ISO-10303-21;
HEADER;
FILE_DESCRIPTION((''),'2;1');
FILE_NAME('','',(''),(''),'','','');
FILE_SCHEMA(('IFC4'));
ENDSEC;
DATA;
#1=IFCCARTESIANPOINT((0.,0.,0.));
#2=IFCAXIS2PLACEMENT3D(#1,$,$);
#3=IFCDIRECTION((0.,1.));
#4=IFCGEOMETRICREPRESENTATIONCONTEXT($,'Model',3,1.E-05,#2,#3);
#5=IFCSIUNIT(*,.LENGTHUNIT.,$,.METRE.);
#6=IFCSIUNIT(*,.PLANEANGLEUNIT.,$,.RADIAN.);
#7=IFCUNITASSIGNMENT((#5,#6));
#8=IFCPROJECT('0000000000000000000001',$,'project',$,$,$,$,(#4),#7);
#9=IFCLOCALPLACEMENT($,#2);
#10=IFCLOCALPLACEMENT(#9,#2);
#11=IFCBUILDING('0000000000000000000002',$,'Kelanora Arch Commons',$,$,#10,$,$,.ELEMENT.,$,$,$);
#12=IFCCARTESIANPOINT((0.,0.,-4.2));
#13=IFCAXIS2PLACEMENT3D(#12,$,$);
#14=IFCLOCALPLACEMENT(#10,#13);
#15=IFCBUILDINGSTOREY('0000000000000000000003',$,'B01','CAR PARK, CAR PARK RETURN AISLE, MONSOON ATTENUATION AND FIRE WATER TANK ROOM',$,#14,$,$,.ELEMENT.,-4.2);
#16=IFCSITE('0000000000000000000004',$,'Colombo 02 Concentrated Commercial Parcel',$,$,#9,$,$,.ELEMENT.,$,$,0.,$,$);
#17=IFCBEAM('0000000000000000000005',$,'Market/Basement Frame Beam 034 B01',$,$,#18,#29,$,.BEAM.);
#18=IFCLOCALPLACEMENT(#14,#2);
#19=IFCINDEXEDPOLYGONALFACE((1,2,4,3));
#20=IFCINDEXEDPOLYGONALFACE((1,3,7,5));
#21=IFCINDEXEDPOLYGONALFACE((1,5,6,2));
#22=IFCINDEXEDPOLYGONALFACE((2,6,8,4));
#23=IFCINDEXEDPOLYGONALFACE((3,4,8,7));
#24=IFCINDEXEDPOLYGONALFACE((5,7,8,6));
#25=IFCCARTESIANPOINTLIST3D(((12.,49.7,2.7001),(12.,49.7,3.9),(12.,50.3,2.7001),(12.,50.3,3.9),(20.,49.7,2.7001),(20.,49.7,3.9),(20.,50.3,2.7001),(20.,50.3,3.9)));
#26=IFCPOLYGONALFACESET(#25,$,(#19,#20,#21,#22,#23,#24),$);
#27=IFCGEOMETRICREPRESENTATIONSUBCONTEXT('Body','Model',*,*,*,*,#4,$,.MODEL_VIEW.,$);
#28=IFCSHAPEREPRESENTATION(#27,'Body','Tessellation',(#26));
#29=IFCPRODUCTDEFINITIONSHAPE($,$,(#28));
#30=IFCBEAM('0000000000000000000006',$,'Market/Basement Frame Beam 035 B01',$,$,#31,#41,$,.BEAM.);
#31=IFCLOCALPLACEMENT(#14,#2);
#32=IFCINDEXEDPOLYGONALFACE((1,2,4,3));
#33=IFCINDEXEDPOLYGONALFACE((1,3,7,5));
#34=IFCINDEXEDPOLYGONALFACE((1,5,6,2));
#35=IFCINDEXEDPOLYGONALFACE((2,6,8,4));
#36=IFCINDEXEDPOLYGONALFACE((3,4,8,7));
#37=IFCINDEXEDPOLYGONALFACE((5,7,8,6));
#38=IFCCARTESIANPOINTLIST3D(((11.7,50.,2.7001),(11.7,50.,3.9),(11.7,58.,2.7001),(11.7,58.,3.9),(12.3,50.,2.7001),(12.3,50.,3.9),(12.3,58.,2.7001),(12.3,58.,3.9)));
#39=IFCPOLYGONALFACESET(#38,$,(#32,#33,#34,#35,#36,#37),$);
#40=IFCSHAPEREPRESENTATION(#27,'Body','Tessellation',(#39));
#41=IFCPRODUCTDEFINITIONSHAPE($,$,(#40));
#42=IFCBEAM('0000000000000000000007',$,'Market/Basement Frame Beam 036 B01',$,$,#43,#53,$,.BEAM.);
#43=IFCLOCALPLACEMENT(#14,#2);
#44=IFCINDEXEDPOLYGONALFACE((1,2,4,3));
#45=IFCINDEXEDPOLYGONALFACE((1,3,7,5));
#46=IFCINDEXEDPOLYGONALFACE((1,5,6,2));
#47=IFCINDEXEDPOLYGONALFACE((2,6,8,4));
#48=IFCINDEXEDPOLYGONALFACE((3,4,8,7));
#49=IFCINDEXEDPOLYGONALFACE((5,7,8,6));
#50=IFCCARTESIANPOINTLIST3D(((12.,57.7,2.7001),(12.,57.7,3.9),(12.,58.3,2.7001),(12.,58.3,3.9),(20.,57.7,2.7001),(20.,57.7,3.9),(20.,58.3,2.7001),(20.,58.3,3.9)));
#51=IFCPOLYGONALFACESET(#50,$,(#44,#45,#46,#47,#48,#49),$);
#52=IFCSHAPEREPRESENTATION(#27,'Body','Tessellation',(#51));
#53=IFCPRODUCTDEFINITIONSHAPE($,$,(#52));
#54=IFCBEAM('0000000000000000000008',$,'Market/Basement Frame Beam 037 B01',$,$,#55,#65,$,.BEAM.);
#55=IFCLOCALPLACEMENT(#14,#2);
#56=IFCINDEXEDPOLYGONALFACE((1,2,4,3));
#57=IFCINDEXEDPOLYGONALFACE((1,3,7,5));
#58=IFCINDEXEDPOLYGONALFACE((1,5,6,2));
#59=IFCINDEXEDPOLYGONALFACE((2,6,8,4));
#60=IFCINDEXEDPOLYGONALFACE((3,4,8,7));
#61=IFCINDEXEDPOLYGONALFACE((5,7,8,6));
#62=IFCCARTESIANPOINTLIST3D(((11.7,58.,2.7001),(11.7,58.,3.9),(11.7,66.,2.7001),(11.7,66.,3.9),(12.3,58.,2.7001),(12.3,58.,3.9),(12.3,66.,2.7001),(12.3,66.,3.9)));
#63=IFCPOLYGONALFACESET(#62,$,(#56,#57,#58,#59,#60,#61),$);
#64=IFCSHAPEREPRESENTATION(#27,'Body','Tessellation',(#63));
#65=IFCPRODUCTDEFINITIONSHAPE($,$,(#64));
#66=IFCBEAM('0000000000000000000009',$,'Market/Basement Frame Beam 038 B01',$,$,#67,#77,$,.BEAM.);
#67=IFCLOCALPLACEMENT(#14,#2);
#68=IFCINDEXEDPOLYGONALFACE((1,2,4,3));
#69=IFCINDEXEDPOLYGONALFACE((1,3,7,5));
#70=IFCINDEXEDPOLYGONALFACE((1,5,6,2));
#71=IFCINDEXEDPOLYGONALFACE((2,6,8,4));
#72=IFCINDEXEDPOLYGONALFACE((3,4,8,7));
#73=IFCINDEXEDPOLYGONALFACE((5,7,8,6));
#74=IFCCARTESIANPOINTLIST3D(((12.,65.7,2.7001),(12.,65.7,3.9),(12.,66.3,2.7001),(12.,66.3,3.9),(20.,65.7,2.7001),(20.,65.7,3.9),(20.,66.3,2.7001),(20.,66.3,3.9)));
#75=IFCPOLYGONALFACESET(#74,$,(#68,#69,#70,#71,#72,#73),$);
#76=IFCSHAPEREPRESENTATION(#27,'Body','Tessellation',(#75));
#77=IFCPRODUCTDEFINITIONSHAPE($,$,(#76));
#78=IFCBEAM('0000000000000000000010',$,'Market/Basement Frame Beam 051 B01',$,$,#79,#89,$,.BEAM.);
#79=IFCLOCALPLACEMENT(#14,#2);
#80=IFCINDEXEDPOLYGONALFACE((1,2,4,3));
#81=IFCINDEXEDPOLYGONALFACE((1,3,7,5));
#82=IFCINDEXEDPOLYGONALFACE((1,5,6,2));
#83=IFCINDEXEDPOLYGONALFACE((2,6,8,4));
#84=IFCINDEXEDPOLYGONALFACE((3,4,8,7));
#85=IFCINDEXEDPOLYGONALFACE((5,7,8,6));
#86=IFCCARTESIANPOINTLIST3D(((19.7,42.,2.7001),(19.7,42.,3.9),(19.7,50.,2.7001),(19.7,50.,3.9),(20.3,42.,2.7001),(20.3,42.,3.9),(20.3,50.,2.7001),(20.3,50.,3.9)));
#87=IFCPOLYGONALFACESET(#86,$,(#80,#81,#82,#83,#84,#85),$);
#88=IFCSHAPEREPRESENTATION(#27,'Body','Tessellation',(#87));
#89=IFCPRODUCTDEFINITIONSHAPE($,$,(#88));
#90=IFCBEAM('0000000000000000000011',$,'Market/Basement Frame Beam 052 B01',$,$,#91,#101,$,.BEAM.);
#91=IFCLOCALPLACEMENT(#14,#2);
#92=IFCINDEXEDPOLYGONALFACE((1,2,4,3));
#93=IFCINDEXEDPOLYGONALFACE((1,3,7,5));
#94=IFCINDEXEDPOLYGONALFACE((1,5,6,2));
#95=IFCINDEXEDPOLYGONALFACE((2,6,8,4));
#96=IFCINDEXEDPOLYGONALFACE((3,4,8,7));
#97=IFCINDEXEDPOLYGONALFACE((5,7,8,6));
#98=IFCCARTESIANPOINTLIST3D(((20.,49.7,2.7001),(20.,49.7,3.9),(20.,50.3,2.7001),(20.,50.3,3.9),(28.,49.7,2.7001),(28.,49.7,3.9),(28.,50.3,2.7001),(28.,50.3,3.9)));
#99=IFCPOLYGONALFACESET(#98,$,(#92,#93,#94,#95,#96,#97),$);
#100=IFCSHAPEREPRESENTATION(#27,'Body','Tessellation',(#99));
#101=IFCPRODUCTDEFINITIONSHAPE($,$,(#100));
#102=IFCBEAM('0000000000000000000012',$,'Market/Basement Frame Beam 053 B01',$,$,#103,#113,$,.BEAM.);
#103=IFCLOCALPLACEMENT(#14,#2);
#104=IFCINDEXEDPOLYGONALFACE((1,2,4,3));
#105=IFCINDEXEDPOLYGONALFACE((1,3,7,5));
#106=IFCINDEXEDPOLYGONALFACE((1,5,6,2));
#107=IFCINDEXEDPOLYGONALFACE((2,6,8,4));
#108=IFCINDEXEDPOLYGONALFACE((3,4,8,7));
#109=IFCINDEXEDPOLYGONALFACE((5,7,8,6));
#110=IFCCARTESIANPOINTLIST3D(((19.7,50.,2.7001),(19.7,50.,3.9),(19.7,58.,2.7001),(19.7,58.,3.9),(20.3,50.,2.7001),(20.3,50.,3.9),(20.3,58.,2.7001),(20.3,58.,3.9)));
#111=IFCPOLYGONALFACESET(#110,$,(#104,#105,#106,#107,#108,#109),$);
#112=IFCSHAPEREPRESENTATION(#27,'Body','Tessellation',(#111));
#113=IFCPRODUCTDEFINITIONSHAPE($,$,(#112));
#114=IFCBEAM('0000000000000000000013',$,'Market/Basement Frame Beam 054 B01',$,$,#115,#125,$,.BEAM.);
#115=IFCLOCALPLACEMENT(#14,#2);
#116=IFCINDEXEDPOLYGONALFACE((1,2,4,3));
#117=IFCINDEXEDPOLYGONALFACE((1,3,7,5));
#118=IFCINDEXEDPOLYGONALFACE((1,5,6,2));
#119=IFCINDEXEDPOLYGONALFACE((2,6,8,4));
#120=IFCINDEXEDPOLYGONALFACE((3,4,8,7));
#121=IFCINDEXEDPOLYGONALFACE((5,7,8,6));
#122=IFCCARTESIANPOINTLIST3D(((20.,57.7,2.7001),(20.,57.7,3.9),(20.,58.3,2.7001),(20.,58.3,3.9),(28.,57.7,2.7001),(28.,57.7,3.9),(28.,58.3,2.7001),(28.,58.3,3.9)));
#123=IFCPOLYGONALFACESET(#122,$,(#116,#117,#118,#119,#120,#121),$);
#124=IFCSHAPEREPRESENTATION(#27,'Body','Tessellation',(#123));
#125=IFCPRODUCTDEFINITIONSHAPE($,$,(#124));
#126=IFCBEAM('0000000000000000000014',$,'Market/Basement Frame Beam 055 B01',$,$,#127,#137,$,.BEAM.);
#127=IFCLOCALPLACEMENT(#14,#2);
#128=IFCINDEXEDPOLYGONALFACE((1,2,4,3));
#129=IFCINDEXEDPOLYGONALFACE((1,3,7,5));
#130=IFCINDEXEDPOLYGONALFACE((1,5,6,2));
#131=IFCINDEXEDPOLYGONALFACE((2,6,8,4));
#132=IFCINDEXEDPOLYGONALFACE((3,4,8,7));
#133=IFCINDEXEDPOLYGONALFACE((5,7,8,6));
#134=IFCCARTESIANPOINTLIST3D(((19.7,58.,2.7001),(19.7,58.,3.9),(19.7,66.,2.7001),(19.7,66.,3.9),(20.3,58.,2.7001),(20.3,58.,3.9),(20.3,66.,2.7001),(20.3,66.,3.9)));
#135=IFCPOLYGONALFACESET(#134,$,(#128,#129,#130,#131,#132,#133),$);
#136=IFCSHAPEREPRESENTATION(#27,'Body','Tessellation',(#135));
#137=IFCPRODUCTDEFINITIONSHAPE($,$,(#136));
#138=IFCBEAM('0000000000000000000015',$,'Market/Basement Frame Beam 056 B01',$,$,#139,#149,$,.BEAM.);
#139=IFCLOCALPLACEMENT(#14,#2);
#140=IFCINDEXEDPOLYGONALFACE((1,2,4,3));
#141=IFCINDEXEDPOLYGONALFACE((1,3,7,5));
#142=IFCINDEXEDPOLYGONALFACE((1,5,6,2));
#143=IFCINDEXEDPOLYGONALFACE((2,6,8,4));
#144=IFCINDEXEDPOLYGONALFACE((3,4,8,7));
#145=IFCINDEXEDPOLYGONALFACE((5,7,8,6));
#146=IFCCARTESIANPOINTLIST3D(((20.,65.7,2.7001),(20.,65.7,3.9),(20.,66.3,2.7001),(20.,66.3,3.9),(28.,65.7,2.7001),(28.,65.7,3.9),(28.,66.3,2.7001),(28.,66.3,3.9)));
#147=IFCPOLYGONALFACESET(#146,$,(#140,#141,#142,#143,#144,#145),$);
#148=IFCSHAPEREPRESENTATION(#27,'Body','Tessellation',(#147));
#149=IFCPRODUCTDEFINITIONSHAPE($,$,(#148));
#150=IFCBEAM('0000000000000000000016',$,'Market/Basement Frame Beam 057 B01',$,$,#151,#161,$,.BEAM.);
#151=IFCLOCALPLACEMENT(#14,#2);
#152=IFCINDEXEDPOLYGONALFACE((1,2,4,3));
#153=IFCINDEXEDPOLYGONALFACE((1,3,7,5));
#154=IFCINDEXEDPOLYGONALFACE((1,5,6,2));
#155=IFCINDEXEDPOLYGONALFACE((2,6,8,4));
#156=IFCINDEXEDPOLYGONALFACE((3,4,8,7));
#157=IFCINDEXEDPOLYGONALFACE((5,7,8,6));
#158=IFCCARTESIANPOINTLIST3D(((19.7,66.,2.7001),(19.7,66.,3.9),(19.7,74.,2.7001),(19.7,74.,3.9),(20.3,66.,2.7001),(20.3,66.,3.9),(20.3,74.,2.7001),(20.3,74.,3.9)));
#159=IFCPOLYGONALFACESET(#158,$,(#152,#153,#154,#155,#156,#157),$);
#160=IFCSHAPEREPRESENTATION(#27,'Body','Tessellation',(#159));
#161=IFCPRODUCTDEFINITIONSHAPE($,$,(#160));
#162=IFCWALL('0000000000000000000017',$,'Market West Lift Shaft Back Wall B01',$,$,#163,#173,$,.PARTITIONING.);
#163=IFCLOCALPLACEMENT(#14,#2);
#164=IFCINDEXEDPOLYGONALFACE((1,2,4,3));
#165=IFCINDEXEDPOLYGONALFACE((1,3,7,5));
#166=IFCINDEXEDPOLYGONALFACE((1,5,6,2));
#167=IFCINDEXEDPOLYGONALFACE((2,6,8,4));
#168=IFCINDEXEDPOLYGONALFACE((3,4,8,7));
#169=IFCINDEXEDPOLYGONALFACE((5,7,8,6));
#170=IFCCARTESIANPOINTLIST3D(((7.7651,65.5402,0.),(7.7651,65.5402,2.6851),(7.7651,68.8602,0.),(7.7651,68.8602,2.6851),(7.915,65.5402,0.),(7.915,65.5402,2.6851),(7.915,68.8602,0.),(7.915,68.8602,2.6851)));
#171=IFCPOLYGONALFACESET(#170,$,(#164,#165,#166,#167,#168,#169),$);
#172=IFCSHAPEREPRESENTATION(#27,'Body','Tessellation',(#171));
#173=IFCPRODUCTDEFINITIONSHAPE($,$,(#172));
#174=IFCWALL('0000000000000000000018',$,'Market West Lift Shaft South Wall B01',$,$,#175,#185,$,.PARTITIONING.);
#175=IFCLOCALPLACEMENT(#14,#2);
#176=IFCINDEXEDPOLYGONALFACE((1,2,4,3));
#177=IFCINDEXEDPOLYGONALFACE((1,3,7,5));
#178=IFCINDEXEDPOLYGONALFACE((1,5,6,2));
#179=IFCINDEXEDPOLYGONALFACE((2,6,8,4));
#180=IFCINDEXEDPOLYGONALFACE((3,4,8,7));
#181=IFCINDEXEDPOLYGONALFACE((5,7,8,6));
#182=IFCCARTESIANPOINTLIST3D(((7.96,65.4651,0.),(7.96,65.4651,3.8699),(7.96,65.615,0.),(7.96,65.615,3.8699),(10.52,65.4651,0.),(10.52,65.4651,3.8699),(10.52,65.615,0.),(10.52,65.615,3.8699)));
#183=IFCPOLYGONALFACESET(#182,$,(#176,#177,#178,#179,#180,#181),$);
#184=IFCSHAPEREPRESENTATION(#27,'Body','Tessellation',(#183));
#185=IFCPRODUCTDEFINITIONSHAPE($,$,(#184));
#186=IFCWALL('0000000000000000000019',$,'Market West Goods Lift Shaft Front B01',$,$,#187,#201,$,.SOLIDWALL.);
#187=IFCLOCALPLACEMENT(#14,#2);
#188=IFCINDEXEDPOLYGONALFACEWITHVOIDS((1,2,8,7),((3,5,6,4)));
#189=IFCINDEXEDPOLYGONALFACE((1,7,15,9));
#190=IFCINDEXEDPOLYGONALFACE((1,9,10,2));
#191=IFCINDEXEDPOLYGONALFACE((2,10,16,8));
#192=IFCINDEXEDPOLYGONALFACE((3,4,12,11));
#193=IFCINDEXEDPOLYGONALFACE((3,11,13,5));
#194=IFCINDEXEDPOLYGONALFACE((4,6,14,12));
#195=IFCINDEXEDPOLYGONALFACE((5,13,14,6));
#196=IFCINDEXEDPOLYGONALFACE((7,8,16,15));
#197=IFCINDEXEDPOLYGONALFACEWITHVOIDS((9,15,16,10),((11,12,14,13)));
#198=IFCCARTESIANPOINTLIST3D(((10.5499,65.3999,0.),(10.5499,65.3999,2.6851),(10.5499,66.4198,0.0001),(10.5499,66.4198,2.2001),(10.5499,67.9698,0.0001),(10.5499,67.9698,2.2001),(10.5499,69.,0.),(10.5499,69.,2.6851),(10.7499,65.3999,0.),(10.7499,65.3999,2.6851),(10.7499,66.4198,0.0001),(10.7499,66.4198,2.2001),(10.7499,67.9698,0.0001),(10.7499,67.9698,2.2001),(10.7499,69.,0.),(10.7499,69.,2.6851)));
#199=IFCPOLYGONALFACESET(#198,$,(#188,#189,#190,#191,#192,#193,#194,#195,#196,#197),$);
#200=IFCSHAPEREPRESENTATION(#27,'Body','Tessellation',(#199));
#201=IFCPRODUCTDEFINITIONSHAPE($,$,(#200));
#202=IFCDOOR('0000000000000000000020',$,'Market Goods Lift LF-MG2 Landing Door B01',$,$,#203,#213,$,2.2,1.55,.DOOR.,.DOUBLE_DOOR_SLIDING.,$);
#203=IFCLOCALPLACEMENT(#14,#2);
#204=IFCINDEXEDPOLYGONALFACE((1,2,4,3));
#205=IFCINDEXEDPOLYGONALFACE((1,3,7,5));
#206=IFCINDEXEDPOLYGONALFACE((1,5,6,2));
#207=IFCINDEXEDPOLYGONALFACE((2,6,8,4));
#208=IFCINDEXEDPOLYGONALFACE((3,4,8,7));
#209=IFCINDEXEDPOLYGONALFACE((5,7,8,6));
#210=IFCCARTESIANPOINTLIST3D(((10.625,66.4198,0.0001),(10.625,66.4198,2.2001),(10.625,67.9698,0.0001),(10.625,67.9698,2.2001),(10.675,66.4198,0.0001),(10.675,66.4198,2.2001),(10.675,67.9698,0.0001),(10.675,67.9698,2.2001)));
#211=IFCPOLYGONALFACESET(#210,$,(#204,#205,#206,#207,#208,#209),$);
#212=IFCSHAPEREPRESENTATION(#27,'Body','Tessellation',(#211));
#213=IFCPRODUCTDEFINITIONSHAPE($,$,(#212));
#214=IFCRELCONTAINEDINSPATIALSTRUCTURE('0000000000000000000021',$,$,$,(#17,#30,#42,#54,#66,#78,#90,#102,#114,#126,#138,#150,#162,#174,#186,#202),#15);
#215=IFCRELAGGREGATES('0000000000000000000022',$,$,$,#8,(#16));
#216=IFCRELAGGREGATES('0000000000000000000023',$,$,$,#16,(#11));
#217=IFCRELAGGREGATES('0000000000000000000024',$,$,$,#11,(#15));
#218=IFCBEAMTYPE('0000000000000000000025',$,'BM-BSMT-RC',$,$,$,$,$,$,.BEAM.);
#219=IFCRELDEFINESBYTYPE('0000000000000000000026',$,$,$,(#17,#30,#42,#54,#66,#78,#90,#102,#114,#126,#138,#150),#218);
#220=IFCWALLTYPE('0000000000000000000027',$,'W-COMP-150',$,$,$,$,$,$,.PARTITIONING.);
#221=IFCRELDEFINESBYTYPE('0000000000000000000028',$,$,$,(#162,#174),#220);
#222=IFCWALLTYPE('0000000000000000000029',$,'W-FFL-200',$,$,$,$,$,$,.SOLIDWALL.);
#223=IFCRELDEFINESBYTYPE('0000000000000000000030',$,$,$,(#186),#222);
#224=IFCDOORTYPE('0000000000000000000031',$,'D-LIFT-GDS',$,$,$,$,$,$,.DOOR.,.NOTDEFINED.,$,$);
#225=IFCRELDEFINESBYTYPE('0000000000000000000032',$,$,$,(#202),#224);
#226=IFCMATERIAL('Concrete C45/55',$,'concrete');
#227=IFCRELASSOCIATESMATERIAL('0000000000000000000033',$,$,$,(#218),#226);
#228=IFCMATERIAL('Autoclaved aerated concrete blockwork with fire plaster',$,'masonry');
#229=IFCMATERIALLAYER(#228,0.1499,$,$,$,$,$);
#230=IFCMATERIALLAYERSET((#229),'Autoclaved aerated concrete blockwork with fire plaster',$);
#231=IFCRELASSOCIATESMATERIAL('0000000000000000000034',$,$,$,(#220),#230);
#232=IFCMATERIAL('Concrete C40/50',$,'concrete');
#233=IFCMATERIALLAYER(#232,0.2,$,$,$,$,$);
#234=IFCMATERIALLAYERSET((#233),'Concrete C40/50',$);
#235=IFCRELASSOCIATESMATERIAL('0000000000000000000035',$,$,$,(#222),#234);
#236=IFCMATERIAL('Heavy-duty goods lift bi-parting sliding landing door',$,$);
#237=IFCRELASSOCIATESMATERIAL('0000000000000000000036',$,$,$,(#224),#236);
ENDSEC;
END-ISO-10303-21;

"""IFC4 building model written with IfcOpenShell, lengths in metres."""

from ifc_helpers import new_model, si_unit, direction, frame, frame_2d, origin, origin_2d, place, context, subcontext, project, spatial, rectangle, extrude, material, layer, layer_set, material_profile, profile_set, type_object, element, fill, save


model = new_model("IFC4")

# Units and contexts
model_context = context("Model", 3, precision=1e-05, world=origin(), true_north=direction((0.0, 1.0)))
body_context = subcontext(model_context, "Body", "Model", "MODEL_VIEW")
ifc_project = project(units=[si_unit("LENGTHUNIT", "METRE"), si_unit("PLANEANGLEUNIT", "RADIAN")], contexts=[model_context])

# Site, building, storey
site_placement = place(None, origin())
site = spatial("IfcSite", under=ifc_project, at=site_placement, Name="Colombo 02 Concentrated Commercial Parcel", CompositionType="ELEMENT", RefElevation=0.0)
building_placement = place(site_placement, origin())
building = spatial("IfcBuilding", under=site, at=building_placement, Name="Kelanora Arch Commons", CompositionType="ELEMENT")
storey_placement = place(building_placement, frame((0.0, 0.0, -4.2)))
storey = spatial("IfcBuildingStorey", under=building, at=storey_placement, Name="B01", Description="CAR PARK, CAR PARK RETURN AISLE, MONSOON ATTENUATION AND FIRE WATER TANK ROOM", CompositionType="ELEMENT", Elevation=-4.2)

# Beams
ifc_material_1 = material(Name="Concrete C45/55", Category="concrete")
ifc_material_profile_1 = material_profile(ifc_material_1, rectangle(XDim=0.6001, YDim=1.2, at=origin_2d()), Name="RCB600x1200")
ifc_profile_set_1 = profile_set([ifc_material_profile_1], Name="Concrete C45/55")
beam_type = type_object("IfcBeamType", Name="BM-BSMT-RC", PredefinedType="BEAM", material=ifc_profile_set_1)
for number, where, z_axis, x_axis, name in (
    (1, (12.0, 50.0, 3.3), (1.0, 0.0, 0.0), (0.0, 1.0, 0.0), "Market/Basement Frame Beam 034 B01"),
    (2, (12.0, 50.0, 3.3), (0.0, 1.0, 0.0), (-1.0, 0.0, 0.0), "Market/Basement Frame Beam 035 B01"),
    (3, (12.0, 58.0, 3.3), (1.0, 0.0, 0.0), (0.0, 1.0, 0.0), "Market/Basement Frame Beam 036 B01"),
    (4, (12.0, 58.0, 3.3), (0.0, 1.0, 0.0), (-1.0, 0.0, 0.0), "Market/Basement Frame Beam 037 B01"),
    (5, (12.0, 66.0, 3.3), (1.0, 0.0, 0.0), (0.0, 1.0, 0.0), "Market/Basement Frame Beam 038 B01"),
    (6, (20.0, 42.0, 3.3), (0.0, 1.0, 0.0), (-1.0, 0.0, 0.0), "Market/Basement Frame Beam 051 B01"),
    (7, (20.0, 50.0, 3.3), (1.0, 0.0, 0.0), (0.0, 1.0, 0.0), "Market/Basement Frame Beam 052 B01"),
    (8, (20.0, 50.0, 3.3), (0.0, 1.0, 0.0), (-1.0, 0.0, 0.0), "Market/Basement Frame Beam 053 B01"),
    (9, (20.0, 58.0, 3.3), (1.0, 0.0, 0.0), (0.0, 1.0, 0.0), "Market/Basement Frame Beam 054 B01"),
    (10, (20.0, 58.0, 3.3), (0.0, 1.0, 0.0), (-1.0, 0.0, 0.0), "Market/Basement Frame Beam 055 B01"),
    (11, (20.0, 66.0, 3.3), (1.0, 0.0, 0.0), (0.0, 1.0, 0.0), "Market/Basement Frame Beam 056 B01"),
    (12, (20.0, 66.0, 3.3), (0.0, 1.0, 0.0), (-1.0, 0.0, 0.0), "Market/Basement Frame Beam 057 B01"),
):
    element("IfcBeam", number, at=place(storey_placement, frame(where, z_axis=z_axis, x_axis=x_axis)), inside=storey, type_object=beam_type, Name=name, PredefinedType="BEAM", context=body_context, shape_type="SweptSolid", body=[
        extrude(rectangle(XDim=0.6001, YDim=1.2, at=origin_2d()), origin(), (0.0, 0.0, 1.0), 8.0),
    ])

# Walls
ifc_material_2 = material(Name="Autoclaved aerated concrete blockwork with fire plaster", Category="masonry")
ifc_layer_1 = layer(ifc_material_2, 0.1499)
ifc_layer_set_1 = layer_set([ifc_layer_1], Name="Autoclaved aerated concrete blockwork with fire plaster")
wall_type_1 = type_object("IfcWallType", Name="W-COMP-150", PredefinedType="PARTITIONING", material=ifc_layer_set_1)
wall_1_placement = place(storey_placement, frame((7.8401, 65.54, 0.0), z_axis=(0.0, 0.0, 1.0), x_axis=(0.0, 1.0, 0.0)))
element("IfcWall", 13, at=wall_1_placement, inside=storey, type_object=wall_type_1, Name="Market West Lift Shaft Back Wall B01", PredefinedType="PARTITIONING", context=body_context, shape_type="SweptSolid", body=[
    extrude(rectangle(XDim=3.3201, YDim=0.1499, at=frame_2d((1.6602, 0.0))), origin(), (0.0, 0.0, 1.0), 2.6851),
])
wall_2_placement = place(storey_placement, frame((7.96, 65.54, 0.0), z_axis=(0.0, 0.0, 1.0), x_axis=(1.0, 0.0, 0.0)))
element("IfcWall", 14, at=wall_2_placement, inside=storey, type_object=wall_type_1, Name="Market West Lift Shaft South Wall B01", PredefinedType="PARTITIONING", context=body_context, shape_type="SweptSolid", body=[
    extrude(rectangle(XDim=2.5601, YDim=0.1499, at=frame_2d((1.28, 0.0))), origin(), (0.0, 0.0, 1.0), 3.8699),
])

# Wall, opening, door
ifc_material_3 = material(Name="Concrete C40/50", Category="concrete")
ifc_layer_2 = layer(ifc_material_3, 0.2)
ifc_layer_set_2 = layer_set([ifc_layer_2], Name="Concrete C40/50")
wall_type_2 = type_object("IfcWallType", Name="W-FFL-200", PredefinedType="SOLIDWALL", material=ifc_layer_set_2)
wall_3_placement = place(storey_placement, frame((10.6499, 65.3999, 0.0), z_axis=(0.0, 0.0, 1.0), x_axis=(0.0, 1.0, 0.0)))
wall_3 = element("IfcWall", 15, at=wall_3_placement, inside=storey, type_object=wall_type_2, Name="Market West Goods Lift Shaft Front B01", PredefinedType="SOLIDWALL", context=body_context, shape_type="SweptSolid", body=[
    extrude(rectangle(XDim=3.6001, YDim=0.2, at=frame_2d((1.8, 0.0))), origin(), (0.0, 0.0, 1.0), 2.6851),
])
opening_placement = place(wall_3_placement, frame((1.02, 0.0, 0.0)))
opening = element("IfcOpeningElement", 16, at=opening_placement, cuts=wall_3, PredefinedType="OPENING", context=body_context, shape_type="SweptSolid", body=[
    extrude(rectangle(XDim=1.55, YDim=2.2, at=frame_2d((0.7749, 1.1001))), frame((0.0, 0.1099, 0.0), z_axis=(0.0, -1.0, 0.0), x_axis=(1.0, 0.0, 0.0)), (0.0, 0.0, 1.0), 0.22),
])
ifc_material_4 = material(Name="Heavy-duty goods lift bi-parting sliding landing door")
door_type = type_object("IfcDoorType", Name="D-LIFT-GDS", OperationType="NOTDEFINED", PredefinedType="DOOR", material=ifc_material_4)
door_placement = place(opening_placement, origin())
door = element("IfcDoor", 17, at=door_placement, inside=storey, type_object=door_type, Name="Market Goods Lift LF-MG2 Landing Door B01", OperationType="DOUBLE_DOOR_SLIDING", OverallHeight=2.2, OverallWidth=1.55, PredefinedType="DOOR", context=body_context, shape_type="SweptSolid", body=[
    extrude(rectangle(XDim=1.55, YDim=2.2, at=frame_2d((0.7749, 1.1001))), frame((0.0, 0.0249, 0.0), z_axis=(0.0, -1.0, 0.0), x_axis=(1.0, 0.0, 0.0)), (0.0, 0.0, 1.0), 0.05),
])
fill(opening, door)

save(model, "model.ifc")
